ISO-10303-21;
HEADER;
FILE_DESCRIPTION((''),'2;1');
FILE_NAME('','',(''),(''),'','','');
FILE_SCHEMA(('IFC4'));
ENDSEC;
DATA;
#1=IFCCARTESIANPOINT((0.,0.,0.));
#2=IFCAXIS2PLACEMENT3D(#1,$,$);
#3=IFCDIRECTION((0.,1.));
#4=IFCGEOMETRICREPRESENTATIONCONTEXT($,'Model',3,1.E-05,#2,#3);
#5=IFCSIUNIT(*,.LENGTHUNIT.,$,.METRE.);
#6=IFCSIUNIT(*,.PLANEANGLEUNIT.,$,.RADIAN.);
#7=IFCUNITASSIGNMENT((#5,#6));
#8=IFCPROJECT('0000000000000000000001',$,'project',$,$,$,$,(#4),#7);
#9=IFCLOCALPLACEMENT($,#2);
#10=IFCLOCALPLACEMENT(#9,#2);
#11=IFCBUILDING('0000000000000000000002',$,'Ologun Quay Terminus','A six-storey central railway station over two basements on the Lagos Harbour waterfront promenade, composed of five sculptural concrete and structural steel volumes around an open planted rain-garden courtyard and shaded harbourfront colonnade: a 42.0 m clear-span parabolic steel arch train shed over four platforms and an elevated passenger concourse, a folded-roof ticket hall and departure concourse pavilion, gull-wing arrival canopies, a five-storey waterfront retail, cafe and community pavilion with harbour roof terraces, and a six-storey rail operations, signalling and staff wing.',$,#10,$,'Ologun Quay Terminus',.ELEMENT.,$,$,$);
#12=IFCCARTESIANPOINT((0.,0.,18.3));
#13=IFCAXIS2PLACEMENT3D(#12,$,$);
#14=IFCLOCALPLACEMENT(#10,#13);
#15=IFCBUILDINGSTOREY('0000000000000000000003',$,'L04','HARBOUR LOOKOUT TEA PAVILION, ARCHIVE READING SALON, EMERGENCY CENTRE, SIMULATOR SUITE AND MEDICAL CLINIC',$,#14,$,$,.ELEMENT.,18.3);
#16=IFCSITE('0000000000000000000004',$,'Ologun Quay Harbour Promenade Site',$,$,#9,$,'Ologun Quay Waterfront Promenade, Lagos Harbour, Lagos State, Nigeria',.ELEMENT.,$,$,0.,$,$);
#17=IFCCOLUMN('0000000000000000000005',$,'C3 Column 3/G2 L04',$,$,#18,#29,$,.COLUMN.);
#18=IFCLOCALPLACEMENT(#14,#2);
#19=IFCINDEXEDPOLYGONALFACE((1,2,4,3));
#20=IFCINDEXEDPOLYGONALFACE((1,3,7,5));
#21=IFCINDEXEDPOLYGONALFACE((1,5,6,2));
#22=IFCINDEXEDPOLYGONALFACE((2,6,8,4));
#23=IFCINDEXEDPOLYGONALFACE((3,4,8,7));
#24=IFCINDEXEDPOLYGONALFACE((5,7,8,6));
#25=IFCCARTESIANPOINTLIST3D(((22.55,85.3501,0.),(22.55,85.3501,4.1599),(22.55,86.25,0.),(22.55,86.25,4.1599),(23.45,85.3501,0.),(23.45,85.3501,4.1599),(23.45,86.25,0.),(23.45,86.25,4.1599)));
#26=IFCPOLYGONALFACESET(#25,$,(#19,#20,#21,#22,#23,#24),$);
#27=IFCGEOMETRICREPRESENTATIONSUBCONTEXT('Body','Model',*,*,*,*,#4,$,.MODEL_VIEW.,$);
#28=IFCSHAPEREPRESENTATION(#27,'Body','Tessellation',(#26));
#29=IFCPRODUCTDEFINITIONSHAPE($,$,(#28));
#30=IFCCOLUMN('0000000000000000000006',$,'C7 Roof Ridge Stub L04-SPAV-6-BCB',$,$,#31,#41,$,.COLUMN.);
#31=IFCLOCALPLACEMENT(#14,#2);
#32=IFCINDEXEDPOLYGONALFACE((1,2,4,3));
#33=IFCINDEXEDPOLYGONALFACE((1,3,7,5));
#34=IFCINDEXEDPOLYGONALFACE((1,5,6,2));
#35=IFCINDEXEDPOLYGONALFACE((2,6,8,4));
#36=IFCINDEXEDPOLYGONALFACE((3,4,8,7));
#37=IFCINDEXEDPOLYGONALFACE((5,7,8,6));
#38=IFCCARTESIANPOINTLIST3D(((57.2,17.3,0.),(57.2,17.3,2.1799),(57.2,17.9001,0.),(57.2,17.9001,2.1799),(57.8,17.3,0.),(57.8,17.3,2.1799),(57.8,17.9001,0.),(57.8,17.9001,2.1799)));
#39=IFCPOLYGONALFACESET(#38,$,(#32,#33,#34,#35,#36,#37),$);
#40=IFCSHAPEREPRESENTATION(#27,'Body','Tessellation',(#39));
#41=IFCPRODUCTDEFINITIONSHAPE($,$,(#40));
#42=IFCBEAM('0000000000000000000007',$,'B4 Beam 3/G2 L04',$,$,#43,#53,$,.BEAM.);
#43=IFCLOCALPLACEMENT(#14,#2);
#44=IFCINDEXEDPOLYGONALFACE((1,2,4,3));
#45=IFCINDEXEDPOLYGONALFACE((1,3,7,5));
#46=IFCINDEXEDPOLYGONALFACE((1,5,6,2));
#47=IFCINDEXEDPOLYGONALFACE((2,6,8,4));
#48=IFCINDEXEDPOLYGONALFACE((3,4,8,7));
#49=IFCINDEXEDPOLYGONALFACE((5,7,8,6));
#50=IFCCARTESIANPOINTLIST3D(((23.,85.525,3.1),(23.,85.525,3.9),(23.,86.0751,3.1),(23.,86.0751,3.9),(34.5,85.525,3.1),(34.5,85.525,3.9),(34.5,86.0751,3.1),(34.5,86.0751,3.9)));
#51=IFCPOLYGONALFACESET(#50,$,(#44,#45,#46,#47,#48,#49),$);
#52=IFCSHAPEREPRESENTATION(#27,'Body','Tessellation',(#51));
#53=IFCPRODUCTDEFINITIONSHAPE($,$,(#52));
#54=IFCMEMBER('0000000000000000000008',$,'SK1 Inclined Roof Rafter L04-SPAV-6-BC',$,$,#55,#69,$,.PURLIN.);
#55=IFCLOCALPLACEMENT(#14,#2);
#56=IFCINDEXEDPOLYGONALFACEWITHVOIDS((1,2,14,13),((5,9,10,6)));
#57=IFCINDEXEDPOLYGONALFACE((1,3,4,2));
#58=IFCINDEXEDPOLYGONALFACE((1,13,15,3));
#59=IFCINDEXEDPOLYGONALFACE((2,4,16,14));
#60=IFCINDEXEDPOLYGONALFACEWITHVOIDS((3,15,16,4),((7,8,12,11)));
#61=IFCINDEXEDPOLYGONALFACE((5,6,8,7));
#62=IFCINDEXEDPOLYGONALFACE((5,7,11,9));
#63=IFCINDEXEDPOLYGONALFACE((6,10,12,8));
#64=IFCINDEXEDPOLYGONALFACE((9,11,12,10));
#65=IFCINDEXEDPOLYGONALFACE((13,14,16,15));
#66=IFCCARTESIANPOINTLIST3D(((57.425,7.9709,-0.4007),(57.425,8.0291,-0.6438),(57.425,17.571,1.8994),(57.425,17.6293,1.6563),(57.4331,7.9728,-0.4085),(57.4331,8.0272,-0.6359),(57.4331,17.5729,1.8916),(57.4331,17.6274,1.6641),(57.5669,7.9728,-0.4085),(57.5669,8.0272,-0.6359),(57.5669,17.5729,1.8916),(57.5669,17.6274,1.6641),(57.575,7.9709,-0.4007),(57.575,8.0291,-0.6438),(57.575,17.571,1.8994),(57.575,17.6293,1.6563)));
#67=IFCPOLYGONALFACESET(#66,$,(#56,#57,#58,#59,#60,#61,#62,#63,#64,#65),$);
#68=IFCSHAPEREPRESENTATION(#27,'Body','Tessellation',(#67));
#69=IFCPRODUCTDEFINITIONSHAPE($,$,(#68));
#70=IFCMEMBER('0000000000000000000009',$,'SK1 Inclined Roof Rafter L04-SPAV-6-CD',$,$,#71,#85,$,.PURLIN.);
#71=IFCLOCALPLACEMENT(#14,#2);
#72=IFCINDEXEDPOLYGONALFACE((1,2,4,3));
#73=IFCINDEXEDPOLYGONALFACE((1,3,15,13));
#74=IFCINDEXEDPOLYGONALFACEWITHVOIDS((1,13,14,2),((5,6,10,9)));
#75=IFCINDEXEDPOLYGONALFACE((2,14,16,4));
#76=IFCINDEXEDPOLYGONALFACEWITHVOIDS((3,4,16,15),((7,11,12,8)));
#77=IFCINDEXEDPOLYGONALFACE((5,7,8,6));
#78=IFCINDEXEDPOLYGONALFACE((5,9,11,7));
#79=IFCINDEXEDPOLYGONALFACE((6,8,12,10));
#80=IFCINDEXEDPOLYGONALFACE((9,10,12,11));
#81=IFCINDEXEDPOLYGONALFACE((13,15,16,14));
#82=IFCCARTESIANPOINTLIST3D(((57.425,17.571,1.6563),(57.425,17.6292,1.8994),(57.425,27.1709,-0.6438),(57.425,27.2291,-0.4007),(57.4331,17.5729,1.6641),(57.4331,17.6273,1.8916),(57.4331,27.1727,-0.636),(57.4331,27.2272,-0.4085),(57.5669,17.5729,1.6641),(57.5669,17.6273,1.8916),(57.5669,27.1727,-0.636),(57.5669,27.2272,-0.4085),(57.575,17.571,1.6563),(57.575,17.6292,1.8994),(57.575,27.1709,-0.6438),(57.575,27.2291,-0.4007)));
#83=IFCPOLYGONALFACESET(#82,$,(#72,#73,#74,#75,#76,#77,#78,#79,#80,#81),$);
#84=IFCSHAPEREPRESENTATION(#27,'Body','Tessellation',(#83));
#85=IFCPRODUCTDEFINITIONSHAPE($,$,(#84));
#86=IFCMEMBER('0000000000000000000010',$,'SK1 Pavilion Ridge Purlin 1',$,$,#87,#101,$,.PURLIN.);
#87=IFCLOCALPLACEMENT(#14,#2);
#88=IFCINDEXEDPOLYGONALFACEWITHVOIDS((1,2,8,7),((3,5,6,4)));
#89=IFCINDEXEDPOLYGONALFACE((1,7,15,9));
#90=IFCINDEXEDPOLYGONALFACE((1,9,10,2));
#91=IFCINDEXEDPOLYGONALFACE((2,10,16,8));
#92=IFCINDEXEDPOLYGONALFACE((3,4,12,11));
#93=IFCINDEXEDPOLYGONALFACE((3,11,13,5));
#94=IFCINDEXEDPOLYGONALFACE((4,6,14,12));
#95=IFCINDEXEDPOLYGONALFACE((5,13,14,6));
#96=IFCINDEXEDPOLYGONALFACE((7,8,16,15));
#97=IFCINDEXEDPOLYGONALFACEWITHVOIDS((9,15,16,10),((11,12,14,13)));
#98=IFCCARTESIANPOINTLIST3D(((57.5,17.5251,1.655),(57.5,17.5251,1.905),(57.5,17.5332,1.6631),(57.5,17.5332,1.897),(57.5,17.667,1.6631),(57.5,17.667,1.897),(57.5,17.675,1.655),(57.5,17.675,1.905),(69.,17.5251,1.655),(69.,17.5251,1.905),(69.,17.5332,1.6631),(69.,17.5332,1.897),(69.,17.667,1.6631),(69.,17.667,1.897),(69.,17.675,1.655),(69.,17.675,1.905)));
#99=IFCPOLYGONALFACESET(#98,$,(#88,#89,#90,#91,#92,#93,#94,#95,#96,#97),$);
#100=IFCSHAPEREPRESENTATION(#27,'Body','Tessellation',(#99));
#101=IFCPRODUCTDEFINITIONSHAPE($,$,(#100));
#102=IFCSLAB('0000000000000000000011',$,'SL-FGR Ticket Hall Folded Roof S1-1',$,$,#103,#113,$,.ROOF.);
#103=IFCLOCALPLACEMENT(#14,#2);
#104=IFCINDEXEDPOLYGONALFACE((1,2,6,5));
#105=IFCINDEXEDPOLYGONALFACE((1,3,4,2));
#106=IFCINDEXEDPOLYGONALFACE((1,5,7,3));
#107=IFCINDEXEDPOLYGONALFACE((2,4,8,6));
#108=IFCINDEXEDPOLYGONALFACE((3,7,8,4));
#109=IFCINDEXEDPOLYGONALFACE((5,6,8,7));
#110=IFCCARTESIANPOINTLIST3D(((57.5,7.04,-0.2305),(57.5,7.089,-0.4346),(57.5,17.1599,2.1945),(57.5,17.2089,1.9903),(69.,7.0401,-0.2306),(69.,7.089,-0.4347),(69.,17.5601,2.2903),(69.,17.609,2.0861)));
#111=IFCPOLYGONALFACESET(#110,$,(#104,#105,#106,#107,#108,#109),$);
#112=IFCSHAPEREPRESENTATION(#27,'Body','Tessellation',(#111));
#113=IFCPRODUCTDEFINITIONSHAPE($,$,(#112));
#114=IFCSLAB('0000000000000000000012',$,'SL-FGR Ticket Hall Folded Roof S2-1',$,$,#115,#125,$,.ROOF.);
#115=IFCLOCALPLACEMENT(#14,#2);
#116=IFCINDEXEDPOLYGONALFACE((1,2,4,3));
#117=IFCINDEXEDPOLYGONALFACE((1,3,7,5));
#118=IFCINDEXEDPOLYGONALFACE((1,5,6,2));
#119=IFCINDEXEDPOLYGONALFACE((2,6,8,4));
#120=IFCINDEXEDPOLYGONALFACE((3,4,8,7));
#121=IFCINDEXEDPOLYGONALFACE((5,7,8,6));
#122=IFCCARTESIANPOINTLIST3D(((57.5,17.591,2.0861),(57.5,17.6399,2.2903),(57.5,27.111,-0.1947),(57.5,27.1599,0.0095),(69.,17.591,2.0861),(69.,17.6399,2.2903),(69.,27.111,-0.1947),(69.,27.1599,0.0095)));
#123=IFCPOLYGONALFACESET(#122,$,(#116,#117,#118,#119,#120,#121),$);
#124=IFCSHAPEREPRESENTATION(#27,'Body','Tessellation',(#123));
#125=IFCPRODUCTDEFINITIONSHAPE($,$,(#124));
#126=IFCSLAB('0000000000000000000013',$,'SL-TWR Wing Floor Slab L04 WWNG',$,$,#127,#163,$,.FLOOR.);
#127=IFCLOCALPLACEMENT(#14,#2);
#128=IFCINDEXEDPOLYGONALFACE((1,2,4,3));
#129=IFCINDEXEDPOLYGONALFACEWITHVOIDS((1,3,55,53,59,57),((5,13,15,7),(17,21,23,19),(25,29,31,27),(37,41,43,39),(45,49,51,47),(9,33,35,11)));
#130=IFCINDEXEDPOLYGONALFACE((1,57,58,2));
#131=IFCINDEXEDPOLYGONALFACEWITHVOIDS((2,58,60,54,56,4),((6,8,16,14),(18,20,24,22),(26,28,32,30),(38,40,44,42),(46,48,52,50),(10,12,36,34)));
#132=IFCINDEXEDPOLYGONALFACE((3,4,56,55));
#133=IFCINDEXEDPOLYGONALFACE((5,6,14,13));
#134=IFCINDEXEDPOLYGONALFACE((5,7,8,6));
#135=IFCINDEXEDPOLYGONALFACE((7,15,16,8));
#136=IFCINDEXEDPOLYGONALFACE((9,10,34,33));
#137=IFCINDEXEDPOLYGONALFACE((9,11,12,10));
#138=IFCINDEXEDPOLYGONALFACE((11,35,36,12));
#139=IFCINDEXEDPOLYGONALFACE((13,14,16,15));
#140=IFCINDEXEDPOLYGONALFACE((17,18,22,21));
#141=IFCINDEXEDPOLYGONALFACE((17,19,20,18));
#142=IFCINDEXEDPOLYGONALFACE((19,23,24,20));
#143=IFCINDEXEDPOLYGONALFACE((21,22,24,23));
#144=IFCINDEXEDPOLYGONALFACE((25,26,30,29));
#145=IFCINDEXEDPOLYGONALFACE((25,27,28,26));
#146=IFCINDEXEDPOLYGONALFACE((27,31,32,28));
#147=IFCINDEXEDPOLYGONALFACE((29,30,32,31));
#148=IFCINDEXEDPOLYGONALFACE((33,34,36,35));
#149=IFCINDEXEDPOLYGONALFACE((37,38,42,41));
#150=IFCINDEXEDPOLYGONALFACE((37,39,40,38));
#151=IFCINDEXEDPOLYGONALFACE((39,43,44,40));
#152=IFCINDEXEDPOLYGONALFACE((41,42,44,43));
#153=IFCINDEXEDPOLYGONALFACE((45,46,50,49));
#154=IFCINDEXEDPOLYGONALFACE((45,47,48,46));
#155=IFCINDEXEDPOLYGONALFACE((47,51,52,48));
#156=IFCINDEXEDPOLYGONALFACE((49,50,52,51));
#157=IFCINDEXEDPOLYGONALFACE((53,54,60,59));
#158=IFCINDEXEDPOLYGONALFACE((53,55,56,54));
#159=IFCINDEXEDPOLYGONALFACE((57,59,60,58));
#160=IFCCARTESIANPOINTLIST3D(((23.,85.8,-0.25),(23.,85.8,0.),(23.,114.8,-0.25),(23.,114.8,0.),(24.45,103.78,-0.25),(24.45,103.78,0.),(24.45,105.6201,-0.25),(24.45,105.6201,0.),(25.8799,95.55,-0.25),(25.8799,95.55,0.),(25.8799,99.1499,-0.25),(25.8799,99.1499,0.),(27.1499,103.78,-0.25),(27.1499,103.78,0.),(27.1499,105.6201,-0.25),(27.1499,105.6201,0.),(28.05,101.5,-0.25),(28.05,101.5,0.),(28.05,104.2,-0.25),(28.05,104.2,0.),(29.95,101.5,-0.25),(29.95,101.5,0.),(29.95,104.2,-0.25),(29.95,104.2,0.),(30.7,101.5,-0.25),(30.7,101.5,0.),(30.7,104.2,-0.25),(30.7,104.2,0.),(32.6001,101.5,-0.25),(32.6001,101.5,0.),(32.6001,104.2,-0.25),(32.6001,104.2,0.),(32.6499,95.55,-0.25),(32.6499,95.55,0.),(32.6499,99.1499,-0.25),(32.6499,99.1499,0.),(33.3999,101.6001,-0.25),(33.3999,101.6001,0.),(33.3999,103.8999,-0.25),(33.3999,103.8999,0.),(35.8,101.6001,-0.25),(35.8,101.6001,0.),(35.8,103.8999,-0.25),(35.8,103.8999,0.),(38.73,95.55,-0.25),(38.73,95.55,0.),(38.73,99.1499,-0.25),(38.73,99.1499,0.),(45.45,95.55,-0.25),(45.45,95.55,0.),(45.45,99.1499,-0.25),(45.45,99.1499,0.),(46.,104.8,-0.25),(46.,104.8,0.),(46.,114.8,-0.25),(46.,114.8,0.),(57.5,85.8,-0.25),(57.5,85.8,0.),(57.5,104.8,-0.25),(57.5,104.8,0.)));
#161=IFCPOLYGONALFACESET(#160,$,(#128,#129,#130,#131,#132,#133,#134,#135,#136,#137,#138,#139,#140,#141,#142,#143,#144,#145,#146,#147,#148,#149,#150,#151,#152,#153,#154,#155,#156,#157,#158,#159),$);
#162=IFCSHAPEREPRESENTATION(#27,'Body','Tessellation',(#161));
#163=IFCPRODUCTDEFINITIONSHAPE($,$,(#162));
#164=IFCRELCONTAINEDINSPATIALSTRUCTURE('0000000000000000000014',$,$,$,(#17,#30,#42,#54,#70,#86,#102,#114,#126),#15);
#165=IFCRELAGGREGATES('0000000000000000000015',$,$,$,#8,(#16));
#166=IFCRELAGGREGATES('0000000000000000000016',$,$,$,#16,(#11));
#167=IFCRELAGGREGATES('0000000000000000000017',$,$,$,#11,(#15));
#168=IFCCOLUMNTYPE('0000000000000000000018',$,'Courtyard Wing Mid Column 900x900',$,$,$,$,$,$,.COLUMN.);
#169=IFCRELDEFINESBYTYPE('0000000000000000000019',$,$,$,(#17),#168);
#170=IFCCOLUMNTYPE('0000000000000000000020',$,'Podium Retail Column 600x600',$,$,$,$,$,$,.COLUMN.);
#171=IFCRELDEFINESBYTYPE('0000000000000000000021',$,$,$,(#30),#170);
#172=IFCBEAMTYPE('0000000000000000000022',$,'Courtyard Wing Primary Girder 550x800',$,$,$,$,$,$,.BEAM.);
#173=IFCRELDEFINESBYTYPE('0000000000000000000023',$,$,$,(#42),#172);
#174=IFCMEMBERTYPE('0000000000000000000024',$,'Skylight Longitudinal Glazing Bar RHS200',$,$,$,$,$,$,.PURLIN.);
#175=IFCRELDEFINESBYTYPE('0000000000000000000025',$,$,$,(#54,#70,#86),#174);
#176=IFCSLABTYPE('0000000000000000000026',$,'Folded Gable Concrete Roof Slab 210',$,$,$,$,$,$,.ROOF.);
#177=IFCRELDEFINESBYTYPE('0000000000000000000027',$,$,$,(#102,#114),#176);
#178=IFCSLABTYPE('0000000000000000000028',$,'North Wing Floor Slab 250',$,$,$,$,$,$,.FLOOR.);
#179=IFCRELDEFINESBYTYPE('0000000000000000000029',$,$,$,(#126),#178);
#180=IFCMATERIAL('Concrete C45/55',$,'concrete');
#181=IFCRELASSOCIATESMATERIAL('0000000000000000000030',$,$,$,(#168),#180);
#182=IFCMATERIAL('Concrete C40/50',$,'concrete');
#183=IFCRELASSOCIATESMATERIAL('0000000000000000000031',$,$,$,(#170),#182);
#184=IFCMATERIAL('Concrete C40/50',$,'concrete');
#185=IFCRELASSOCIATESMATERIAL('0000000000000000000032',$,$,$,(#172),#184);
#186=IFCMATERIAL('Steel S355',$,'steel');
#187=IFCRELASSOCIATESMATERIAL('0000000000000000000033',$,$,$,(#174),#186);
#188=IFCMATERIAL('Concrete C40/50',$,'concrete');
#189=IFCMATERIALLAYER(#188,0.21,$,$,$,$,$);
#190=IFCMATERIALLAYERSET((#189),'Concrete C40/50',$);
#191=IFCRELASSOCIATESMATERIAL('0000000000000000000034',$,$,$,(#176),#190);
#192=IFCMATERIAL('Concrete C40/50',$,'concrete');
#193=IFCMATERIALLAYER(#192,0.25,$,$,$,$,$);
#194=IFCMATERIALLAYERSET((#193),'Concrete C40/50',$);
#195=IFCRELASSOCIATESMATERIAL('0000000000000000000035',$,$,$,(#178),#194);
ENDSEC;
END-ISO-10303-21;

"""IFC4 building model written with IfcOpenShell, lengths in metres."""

from ifc_helpers import new_model, si_unit, direction, frame, origin, origin_2d, place, context, subcontext, project, spatial, polyline, rectangle, hollow_rectangle, outline, extrude, material, layer, layer_set, material_profile, profile_set, type_object, element, save


model = new_model("IFC4")

# Units and contexts
model_context = context("Model", 3, precision=1e-05, world=origin(), true_north=direction((0.0, 1.0)))
body_context = subcontext(model_context, "Body", "Model", "MODEL_VIEW")
ifc_project = project(units=[si_unit("LENGTHUNIT", "METRE"), si_unit("PLANEANGLEUNIT", "RADIAN")], contexts=[model_context])

# Site, building, storey
site_placement = place(None, origin())
site = spatial("IfcSite", under=ifc_project, at=site_placement, Name="Ologun Quay Harbour Promenade Site", LongName="Ologun Quay Waterfront Promenade, Lagos Harbour, Lagos State, Nigeria", CompositionType="ELEMENT", RefElevation=0.0)
building_placement = place(site_placement, origin())
building = spatial("IfcBuilding", under=site, at=building_placement, Name="Ologun Quay Terminus", Description="A six-storey central railway station over two basements on the Lagos Harbour waterfront promenade, composed of five sculptural concrete and structural steel volumes around an open planted rain-garden courtyard and shaded harbourfront colonnade: a 42.0 m clear-span parabolic steel arch train shed over four platforms and an elevated passenger concourse, a folded-roof ticket hall and departure concourse pavilion, gull-wing arrival canopies, a five-storey waterfront retail, cafe and community pavilion with harbour roof terraces, and a six-storey rail operations, signalling and staff wing.", LongName="Ologun Quay Terminus", CompositionType="ELEMENT")
storey_placement = place(building_placement, frame((0.0, 0.0, 18.3)))
storey = spatial("IfcBuildingStorey", under=building, at=storey_placement, Name="L04", Description="HARBOUR LOOKOUT TEA PAVILION, ARCHIVE READING SALON, EMERGENCY CENTRE, SIMULATOR SUITE AND MEDICAL CLINIC", CompositionType="ELEMENT", Elevation=18.3)

# Columns
ifc_material_1 = material(Name="Concrete C45/55", Category="concrete")
ifc_material_profile_1 = material_profile(ifc_material_1, rectangle(XDim=0.8999, YDim=0.8999, at=origin_2d()), Name="RC 900x900")
ifc_profile_set_1 = profile_set([ifc_material_profile_1], Name="Concrete C45/55")
column_type_1 = type_object("IfcColumnType", Name="Courtyard Wing Mid Column 900x900", PredefinedType="COLUMN", material=ifc_profile_set_1)
column_1_placement = place(storey_placement, frame((23.0, 85.8, 0.0), z_axis=(0.0, 0.0, 1.0), x_axis=(1.0, 0.0, 0.0)))
element("IfcColumn", 1, at=column_1_placement, inside=storey, type_object=column_type_1, Name="C3 Column 3/G2 L04", PredefinedType="COLUMN", context=body_context, shape_type="SweptSolid", body=[
    extrude(rectangle(XDim=0.8999, YDim=0.8999, at=origin_2d()), origin(), (0.0, 0.0, 1.0), 4.1599),
])
ifc_material_2 = material(Name="Concrete C40/50", Category="concrete")
ifc_material_profile_2 = material_profile(ifc_material_2, rectangle(XDim=0.6001, YDim=0.6001, at=origin_2d()), Name="RC 600x600")
ifc_profile_set_2 = profile_set([ifc_material_profile_2], Name="Concrete C40/50")
column_type_2 = type_object("IfcColumnType", Name="Podium Retail Column 600x600", PredefinedType="COLUMN", material=ifc_profile_set_2)
column_2_placement = place(storey_placement, frame((57.5, 17.6001, 0.0), z_axis=(0.0, 0.0, 1.0), x_axis=(1.0, 0.0, 0.0)))
element("IfcColumn", 2, at=column_2_placement, inside=storey, type_object=column_type_2, Name="C7 Roof Ridge Stub L04-SPAV-6-BCB", PredefinedType="COLUMN", context=body_context, shape_type="SweptSolid", body=[
    extrude(rectangle(XDim=0.6001, YDim=0.6001, at=origin_2d()), origin(), (0.0, 0.0, 1.0), 2.1799),
])

# Beam
ifc_material_3 = material(Name="Concrete C40/50", Category="concrete")
ifc_material_profile_3 = material_profile(ifc_material_3, rectangle(XDim=0.55, YDim=0.8, at=origin_2d()), Name="RC 550x800")
ifc_profile_set_3 = profile_set([ifc_material_profile_3], Name="Concrete C40/50")
beam_type = type_object("IfcBeamType", Name="Courtyard Wing Primary Girder 550x800", PredefinedType="BEAM", material=ifc_profile_set_3)
beam_placement = place(storey_placement, frame((23.0, 85.8, 3.5), z_axis=(1.0, 0.0, 0.0), x_axis=(0.0, 1.0, 0.0)))
element("IfcBeam", 3, at=beam_placement, inside=storey, type_object=beam_type, Name="B4 Beam 3/G2 L04", PredefinedType="BEAM", context=body_context, shape_type="SweptSolid", body=[
    extrude(rectangle(XDim=0.55, YDim=0.8, at=origin_2d()), origin(), (0.0, 0.0, 1.0), 11.5),
])

# Members
ifc_material_4 = material(Name="Steel S355", Category="steel")
ifc_material_profile_4 = material_profile(ifc_material_4, hollow_rectangle(XDim=0.1499, YDim=0.25, WallThickness=0.0081, at=origin_2d()), Name="RHS 250x150x8")
ifc_profile_set_4 = profile_set([ifc_material_profile_4], Name="Steel S355")
member_type = type_object("IfcMemberType", Name="Skylight Longitudinal Glazing Bar RHS200", PredefinedType="PURLIN", material=ifc_profile_set_4)
member_1_placement = place(storey_placement, frame((57.5, 8.0, -0.5222), z_axis=(0.0, 0.972479, 0.232992), x_axis=(-1.0, 0.0, 0.0)))
element("IfcMember", 4, at=member_1_placement, inside=storey, type_object=member_type, Name="SK1 Inclined Roof Rafter L04-SPAV-6-BC", PredefinedType="PURLIN", context=body_context, shape_type="SweptSolid", body=[
    extrude(hollow_rectangle(XDim=0.1499, YDim=0.25, WallThickness=0.0081, at=origin_2d()), origin(), (0.0, 0.0, 1.0), 9.8718),
])
member_2_placement = place(storey_placement, frame((57.5, 17.6001, 1.7778), z_axis=(0.0, 0.972477, -0.232998), x_axis=(-1.0, 0.0, 0.0)))
element("IfcMember", 5, at=member_2_placement, inside=storey, type_object=member_type, Name="SK1 Inclined Roof Rafter L04-SPAV-6-CD", PredefinedType="PURLIN", context=body_context, shape_type="SweptSolid", body=[
    extrude(hollow_rectangle(XDim=0.1499, YDim=0.25, WallThickness=0.0081, at=origin_2d()), origin(), (0.0, 0.0, 1.0), 9.8716),
])
member_3_placement = place(storey_placement, frame((57.5, 17.6001, 1.78), z_axis=(1.0, 0.0, 0.0), x_axis=(0.0, 1.0, 0.0)))
element("IfcMember", 6, at=member_3_placement, inside=storey, type_object=member_type, Name="SK1 Pavilion Ridge Purlin 1", PredefinedType="PURLIN", context=body_context, shape_type="SweptSolid", body=[
    extrude(hollow_rectangle(XDim=0.1499, YDim=0.25, WallThickness=0.0081, at=origin_2d()), origin(), (0.0, 0.0, 1.0), 11.5),
])

# Slabs
ifc_material_5 = material(Name="Concrete C40/50", Category="concrete")
ifc_layer_1 = layer(ifc_material_5, 0.21)
ifc_layer_set_1 = layer_set([ifc_layer_1], Name="Concrete C40/50")
slab_type_1 = type_object("IfcSlabType", Name="Folded Gable Concrete Roof Slab 210", PredefinedType="ROOF", material=ifc_layer_set_1)
slab_1_placement = place(storey_placement, frame((57.5, 7.04, -0.2305), z_axis=(0.000008, -0.233027, 0.97247), x_axis=(1.0, 0.000002, -0.000007)))
element("IfcSlab", 7, at=slab_1_placement, inside=storey, type_object=slab_type_1, Name="SL-FGR Ticket Hall Folded Roof S1-1", PredefinedType="ROOF", context=body_context, shape_type="SweptSolid", body=[
    extrude(outline(polyline([(0.0, 0.0), (11.5, 0.0), (11.5, 10.8178), (0.0, 10.4064), (0.0, 0.0)])), origin(), (0.0, 0.0, -1.0), 0.21),
])
slab_2_placement = place(storey_placement, frame((57.5, 17.6399, 2.2903), z_axis=(0.0, 0.232982, 0.972481), x_axis=(1.0, 0.0, 0.0)))
element("IfcSlab", 8, at=slab_2_placement, inside=storey, type_object=slab_type_1, Name="SL-FGR Ticket Hall Folded Roof S2-1", PredefinedType="ROOF", context=body_context, shape_type="SweptSolid", body=[
    extrude(outline(polyline([(0.0, 0.0), (11.5, 0.0), (11.5, 9.7894), (0.0, 9.7894), (0.0, 0.0)])), origin(), (0.0, 0.0, -1.0), 0.21),
])
ifc_material_6 = material(Name="Concrete C40/50", Category="concrete")
ifc_layer_2 = layer(ifc_material_6, 0.25)
ifc_layer_set_2 = layer_set([ifc_layer_2], Name="Concrete C40/50")
slab_type_2 = type_object("IfcSlabType", Name="North Wing Floor Slab 250", PredefinedType="FLOOR", material=ifc_layer_set_2)
slab_3_placement = place(storey_placement, frame((0.0, 0.0, -0.25)))
element("IfcSlab", 9, at=slab_3_placement, inside=storey, type_object=slab_type_2, Name="SL-TWR Wing Floor Slab L04 WWNG", PredefinedType="FLOOR", context=body_context, shape_type="SweptSolid", body=[
    extrude(outline(polyline([(23.0, 85.8), (57.5, 85.8), (57.5, 104.8), (46.0, 104.8), (46.0, 114.8), (23.0, 114.8), (23.0, 85.8)]), holes=[polyline([(24.45, 103.78), (24.45, 105.6201), (27.1499, 105.6201), (27.1499, 103.78), (24.45, 103.78)]), polyline([(28.05, 101.5), (28.05, 104.2), (29.95, 104.2), (29.95, 101.5), (28.05, 101.5)]), polyline([(30.7, 101.5), (30.7, 104.2), (32.6001, 104.2), (32.6001, 101.5), (30.7, 101.5)]), polyline([(25.8799, 95.55), (25.8799, 99.1499), (32.6499, 99.1499), (32.6499, 95.55), (25.8799, 95.55)]), polyline([(38.73, 95.55), (38.73, 99.1499), (45.45, 99.1499), (45.45, 95.55), (38.73, 95.55)]), polyline([(33.3999, 101.6001), (33.3999, 103.8999), (35.8, 103.8999), (35.8, 101.6001), (33.3999, 101.6001)])]), origin(), (0.0, 0.0, 1.0), 0.25),
])

save(model, "model.ifc")
